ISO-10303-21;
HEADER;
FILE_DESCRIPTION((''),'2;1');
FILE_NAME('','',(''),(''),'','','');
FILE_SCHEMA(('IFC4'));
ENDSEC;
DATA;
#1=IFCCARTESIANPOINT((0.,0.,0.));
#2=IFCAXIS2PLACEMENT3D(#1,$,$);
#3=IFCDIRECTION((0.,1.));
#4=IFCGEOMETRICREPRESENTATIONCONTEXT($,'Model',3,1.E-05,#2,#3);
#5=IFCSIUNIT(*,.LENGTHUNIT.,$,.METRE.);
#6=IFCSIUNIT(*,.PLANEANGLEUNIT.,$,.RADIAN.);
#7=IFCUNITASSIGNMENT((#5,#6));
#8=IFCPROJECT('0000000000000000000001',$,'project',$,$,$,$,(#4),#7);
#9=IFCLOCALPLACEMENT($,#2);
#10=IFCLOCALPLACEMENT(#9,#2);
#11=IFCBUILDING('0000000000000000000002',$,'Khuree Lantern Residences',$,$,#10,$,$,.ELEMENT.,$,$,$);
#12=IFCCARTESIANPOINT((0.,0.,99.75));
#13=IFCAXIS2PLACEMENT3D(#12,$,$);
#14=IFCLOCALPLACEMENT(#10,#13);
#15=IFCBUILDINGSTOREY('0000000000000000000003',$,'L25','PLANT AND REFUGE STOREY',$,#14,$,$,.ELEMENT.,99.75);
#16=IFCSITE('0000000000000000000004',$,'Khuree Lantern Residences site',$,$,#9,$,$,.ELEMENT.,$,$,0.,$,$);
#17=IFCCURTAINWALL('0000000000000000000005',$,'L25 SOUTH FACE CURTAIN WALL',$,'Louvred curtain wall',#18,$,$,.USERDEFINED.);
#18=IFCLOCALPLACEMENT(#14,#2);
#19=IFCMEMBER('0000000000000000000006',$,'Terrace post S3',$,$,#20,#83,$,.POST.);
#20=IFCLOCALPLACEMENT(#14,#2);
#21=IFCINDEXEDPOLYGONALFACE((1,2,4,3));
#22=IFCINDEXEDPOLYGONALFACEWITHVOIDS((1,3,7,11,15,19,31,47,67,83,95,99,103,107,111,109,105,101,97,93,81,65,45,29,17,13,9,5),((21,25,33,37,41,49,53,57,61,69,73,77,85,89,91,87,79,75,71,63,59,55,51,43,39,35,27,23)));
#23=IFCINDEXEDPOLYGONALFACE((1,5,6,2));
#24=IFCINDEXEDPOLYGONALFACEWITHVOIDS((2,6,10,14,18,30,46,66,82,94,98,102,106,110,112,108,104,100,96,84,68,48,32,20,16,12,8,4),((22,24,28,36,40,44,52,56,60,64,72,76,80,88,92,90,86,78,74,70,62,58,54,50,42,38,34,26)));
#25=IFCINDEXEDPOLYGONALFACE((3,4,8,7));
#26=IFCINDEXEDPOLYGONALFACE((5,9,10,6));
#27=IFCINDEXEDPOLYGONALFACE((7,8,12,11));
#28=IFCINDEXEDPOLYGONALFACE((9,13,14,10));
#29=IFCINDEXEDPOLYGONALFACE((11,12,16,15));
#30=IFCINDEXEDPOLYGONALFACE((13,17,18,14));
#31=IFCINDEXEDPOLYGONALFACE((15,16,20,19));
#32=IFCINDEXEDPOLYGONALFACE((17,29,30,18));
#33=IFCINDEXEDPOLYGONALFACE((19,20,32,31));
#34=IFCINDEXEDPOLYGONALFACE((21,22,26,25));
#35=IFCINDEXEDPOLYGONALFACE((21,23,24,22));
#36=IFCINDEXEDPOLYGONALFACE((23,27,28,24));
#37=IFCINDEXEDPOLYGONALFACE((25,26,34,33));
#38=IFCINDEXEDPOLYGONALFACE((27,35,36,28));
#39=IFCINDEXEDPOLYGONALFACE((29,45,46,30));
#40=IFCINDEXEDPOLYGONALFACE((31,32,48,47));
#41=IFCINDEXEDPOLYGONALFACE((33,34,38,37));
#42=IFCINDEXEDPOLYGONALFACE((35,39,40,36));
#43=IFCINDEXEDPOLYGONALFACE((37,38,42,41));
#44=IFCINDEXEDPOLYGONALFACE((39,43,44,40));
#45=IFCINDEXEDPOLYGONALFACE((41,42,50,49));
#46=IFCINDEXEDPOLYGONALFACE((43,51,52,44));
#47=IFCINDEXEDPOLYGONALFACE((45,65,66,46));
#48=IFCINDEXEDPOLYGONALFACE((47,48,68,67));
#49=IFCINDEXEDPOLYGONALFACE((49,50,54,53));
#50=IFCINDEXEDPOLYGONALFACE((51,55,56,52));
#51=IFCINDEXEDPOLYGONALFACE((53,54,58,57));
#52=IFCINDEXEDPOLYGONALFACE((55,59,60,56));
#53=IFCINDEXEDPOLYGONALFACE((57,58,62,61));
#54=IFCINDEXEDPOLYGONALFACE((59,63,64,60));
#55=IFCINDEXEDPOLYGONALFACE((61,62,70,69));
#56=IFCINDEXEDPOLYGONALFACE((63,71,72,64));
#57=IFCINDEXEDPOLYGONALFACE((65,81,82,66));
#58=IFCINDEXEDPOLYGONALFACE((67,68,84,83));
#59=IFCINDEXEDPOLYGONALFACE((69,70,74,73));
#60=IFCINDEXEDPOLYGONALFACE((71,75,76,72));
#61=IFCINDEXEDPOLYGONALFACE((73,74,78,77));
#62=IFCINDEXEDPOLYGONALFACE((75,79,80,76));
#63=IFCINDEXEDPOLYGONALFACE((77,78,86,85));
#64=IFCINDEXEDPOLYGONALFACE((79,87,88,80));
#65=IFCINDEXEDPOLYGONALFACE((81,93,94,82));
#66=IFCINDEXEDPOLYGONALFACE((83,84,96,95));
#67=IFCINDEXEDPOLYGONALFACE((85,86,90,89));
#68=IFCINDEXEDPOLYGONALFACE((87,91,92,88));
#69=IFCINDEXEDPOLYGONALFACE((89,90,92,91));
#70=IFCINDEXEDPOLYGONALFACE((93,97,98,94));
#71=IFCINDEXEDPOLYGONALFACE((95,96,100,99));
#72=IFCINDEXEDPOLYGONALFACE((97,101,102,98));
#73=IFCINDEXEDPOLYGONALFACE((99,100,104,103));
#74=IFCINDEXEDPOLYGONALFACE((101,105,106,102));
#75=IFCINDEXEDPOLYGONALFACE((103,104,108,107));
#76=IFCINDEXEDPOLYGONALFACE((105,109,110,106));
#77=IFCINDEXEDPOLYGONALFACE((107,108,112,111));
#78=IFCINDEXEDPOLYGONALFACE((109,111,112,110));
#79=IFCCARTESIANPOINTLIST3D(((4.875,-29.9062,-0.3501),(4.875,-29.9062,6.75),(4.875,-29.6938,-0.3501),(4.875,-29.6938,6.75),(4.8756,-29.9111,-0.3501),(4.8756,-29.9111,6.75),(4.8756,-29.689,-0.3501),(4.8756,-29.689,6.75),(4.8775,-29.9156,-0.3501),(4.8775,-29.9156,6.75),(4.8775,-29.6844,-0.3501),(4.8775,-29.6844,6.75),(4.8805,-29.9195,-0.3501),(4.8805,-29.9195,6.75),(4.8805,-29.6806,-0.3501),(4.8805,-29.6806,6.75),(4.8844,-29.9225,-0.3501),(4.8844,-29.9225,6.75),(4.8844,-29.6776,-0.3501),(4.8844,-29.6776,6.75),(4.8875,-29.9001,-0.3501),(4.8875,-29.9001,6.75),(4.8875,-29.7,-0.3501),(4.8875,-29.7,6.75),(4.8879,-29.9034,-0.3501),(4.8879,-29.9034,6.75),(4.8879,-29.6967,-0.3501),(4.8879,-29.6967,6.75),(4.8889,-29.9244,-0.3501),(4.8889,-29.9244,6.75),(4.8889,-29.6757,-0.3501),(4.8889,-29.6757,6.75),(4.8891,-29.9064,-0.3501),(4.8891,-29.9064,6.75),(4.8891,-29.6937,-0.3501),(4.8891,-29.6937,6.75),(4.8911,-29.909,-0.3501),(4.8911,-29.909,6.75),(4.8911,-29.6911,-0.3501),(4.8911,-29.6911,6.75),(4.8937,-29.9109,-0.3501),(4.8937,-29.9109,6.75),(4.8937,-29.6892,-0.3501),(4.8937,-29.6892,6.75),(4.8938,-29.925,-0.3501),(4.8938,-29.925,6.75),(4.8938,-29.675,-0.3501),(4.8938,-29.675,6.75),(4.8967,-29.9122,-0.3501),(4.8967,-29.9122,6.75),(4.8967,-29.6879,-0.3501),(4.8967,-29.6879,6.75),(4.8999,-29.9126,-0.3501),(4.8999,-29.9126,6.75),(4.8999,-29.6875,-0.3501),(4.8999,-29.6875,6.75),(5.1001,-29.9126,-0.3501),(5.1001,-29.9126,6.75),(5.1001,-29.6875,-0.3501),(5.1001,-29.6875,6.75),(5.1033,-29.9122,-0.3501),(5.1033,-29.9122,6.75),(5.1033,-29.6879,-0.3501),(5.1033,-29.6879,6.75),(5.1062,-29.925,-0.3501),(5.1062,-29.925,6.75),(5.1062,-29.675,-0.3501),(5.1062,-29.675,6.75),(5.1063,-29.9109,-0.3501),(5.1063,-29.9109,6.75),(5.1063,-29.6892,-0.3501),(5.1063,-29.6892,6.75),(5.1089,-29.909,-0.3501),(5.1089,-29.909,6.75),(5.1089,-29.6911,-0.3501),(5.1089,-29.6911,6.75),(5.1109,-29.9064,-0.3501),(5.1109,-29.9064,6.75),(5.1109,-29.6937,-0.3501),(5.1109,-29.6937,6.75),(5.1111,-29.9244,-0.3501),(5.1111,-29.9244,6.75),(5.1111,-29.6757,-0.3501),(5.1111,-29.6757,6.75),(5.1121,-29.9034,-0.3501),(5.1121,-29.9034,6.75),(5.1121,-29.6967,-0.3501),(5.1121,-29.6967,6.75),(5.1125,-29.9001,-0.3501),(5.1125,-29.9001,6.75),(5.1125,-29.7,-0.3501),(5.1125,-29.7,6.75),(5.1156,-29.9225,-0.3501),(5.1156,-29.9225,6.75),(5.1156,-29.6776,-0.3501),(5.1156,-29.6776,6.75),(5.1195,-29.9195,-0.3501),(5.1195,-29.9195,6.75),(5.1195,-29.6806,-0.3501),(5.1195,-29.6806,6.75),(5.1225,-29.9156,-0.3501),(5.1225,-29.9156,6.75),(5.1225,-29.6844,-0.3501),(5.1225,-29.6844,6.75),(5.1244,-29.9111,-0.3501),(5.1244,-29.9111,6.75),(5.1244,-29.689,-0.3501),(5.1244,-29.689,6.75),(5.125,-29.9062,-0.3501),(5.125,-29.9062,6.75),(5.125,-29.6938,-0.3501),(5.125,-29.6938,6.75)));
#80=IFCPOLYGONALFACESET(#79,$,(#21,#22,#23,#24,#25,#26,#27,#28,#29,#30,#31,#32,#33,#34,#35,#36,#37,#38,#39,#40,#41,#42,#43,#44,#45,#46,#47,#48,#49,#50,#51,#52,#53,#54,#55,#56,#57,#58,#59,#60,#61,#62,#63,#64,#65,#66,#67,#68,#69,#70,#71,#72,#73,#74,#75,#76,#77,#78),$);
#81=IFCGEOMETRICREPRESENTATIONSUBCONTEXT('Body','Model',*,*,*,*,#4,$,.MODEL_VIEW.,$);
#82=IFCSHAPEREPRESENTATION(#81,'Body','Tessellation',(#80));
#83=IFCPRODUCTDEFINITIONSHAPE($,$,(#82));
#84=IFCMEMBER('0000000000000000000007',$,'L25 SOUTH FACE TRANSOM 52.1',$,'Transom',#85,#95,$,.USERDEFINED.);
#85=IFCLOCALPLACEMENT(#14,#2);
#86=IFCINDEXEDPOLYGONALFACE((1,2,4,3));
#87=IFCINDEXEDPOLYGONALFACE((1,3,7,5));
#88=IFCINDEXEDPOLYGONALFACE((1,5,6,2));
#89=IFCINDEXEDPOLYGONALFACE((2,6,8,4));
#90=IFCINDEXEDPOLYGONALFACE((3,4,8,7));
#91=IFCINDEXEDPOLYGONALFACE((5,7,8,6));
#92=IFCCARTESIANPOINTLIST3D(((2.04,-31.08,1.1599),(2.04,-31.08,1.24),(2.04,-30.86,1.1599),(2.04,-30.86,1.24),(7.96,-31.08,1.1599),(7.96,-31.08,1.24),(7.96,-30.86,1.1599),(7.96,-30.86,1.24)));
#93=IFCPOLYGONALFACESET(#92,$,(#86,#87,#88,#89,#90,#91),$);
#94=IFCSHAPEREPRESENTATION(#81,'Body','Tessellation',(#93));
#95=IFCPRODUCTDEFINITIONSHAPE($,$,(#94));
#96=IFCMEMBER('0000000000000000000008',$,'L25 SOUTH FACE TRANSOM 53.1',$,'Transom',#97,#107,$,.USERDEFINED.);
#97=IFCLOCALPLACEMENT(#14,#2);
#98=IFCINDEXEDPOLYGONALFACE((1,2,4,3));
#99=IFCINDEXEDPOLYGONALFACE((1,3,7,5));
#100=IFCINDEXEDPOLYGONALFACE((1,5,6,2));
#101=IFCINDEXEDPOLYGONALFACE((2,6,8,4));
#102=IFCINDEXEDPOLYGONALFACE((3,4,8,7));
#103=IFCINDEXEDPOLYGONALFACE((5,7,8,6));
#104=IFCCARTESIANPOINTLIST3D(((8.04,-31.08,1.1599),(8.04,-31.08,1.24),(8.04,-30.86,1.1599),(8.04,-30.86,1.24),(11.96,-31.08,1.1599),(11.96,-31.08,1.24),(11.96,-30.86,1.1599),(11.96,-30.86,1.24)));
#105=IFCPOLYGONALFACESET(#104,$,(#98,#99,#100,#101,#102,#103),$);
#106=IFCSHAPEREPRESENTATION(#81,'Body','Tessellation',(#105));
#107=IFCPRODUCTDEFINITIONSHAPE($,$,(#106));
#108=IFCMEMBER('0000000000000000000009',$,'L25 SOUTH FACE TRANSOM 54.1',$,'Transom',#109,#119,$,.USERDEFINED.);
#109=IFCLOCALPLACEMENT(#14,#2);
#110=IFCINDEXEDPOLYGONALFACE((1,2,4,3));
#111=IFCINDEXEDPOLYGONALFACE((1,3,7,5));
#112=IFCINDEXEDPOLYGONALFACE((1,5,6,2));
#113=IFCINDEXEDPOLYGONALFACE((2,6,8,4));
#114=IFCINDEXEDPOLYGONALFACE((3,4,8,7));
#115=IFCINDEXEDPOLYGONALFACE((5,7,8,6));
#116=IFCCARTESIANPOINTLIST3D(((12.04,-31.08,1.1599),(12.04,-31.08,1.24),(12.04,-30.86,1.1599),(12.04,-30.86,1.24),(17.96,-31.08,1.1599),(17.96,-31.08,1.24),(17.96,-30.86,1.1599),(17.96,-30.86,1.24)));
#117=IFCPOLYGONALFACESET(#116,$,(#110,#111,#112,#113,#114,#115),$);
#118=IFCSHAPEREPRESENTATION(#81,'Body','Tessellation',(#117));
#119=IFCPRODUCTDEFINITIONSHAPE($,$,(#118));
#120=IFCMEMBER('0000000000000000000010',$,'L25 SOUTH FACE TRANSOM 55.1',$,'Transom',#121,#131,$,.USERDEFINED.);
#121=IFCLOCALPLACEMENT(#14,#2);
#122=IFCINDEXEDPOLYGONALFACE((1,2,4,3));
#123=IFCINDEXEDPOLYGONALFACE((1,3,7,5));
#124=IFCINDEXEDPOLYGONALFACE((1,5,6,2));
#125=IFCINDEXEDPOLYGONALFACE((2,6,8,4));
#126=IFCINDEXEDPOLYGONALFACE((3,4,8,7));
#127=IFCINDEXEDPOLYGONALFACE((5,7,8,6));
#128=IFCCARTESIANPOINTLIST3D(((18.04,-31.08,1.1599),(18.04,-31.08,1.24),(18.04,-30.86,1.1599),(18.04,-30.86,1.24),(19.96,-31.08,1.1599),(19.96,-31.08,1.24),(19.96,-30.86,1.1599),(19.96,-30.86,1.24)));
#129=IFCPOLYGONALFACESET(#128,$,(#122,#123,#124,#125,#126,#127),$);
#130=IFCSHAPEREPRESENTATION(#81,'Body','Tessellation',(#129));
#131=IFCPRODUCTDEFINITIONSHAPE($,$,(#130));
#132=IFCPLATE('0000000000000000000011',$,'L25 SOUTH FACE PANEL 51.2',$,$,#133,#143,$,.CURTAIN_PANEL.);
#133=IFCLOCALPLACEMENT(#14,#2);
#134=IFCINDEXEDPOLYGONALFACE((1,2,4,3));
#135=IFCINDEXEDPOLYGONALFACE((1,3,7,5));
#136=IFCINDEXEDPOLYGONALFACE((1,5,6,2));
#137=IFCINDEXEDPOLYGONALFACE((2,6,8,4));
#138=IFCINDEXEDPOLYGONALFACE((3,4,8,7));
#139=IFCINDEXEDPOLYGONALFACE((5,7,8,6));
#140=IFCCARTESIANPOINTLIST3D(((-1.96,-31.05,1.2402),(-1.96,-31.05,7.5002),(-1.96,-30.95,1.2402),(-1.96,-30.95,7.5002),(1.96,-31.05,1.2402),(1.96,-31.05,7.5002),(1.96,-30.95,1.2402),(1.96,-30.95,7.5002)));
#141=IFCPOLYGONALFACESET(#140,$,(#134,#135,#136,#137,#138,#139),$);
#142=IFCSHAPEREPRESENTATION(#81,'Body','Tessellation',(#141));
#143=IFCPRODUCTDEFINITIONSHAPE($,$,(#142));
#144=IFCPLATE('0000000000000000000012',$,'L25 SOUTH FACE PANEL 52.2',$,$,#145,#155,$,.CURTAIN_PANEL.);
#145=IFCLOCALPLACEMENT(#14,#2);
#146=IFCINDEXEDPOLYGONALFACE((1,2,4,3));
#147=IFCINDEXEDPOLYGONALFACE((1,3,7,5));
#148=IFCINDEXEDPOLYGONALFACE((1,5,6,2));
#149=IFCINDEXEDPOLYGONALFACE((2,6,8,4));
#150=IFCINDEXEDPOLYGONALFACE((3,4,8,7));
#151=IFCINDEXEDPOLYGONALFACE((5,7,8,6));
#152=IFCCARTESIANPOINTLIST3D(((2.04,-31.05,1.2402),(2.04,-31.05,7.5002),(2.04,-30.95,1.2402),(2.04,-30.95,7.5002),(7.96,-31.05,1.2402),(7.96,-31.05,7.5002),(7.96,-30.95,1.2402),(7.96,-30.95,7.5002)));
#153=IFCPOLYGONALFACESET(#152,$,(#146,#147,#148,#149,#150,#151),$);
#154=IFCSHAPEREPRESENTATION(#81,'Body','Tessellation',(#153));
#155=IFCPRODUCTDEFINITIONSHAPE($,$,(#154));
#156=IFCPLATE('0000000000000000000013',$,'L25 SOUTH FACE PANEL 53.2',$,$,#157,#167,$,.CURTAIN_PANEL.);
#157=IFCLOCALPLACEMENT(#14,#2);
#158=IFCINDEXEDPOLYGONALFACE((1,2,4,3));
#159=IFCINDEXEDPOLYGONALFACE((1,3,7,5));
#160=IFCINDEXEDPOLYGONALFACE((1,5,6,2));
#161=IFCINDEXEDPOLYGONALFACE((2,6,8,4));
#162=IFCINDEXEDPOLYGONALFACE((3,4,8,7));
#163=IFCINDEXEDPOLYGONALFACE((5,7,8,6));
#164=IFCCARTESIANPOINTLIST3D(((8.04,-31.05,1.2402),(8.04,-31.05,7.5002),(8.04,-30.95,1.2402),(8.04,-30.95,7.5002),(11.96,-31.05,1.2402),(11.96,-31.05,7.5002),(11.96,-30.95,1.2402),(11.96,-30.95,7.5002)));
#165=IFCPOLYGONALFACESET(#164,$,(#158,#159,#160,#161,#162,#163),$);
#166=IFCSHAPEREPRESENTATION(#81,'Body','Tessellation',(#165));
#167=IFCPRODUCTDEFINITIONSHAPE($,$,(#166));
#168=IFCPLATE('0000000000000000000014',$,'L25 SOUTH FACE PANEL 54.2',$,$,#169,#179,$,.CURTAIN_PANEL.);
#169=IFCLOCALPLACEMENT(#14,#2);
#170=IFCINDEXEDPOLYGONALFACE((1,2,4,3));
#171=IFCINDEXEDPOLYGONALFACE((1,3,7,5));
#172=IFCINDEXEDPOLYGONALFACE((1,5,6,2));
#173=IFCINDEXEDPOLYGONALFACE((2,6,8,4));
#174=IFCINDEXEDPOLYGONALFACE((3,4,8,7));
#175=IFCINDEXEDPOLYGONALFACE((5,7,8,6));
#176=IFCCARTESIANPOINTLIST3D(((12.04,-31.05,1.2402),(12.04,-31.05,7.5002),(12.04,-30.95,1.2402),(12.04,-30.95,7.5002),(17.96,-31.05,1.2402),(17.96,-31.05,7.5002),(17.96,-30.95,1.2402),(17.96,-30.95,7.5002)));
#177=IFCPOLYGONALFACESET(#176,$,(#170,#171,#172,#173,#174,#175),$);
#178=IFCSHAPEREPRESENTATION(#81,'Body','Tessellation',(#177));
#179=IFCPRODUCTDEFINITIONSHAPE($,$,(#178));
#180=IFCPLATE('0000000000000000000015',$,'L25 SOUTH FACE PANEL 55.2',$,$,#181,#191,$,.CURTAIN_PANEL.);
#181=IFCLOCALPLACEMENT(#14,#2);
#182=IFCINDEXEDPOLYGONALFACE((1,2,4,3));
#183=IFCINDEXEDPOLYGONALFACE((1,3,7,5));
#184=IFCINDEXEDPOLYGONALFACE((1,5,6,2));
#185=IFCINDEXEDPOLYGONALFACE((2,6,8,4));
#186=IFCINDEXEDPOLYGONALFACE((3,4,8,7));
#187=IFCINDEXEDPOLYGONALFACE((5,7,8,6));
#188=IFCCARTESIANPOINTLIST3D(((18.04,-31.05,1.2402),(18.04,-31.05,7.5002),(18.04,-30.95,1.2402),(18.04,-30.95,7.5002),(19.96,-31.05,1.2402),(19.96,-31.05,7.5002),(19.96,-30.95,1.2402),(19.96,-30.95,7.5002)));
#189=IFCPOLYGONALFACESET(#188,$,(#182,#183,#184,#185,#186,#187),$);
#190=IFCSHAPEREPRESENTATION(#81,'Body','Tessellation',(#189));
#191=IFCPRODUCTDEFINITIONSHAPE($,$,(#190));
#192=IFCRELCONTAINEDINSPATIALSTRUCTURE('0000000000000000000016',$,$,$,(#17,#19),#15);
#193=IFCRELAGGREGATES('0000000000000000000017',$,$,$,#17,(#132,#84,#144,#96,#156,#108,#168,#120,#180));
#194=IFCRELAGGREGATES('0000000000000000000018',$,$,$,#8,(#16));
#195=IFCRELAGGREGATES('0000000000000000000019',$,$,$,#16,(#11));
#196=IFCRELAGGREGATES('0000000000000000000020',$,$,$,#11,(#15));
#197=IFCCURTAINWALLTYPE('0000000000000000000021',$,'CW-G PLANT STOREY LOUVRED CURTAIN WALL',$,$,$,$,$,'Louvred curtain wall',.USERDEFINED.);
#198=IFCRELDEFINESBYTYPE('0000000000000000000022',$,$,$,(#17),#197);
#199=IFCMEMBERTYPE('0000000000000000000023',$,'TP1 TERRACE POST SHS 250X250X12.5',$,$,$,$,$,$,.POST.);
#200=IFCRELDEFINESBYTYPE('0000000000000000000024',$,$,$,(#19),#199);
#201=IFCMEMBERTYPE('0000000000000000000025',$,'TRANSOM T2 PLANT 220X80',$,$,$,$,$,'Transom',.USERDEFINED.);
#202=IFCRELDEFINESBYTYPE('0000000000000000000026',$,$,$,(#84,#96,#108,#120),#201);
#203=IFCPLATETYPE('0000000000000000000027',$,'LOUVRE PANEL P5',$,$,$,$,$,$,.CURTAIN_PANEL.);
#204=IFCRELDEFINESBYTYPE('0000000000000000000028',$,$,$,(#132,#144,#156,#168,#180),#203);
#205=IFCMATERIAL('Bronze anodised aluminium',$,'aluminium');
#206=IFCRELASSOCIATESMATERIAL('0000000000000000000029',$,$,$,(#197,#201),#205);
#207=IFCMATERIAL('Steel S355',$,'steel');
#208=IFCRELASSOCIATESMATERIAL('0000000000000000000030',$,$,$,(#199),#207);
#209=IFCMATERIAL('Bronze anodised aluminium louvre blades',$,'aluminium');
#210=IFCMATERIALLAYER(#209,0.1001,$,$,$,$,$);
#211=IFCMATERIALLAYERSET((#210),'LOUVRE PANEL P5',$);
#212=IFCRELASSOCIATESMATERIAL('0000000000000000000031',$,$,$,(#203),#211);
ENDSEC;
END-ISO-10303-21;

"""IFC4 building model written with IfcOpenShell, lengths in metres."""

from ifc_helpers import new_model, si_unit, direction, frame, origin, origin_2d, place, context, subcontext, project, spatial, rectangle, hollow_rectangle, extrude, material, layer, layer_set, material_profile, profile_set, type_object, element, aggregate, save


model = new_model("IFC4")

# Units and contexts
model_context = context("Model", 3, precision=1e-05, world=origin(), true_north=direction((0.0, 1.0)))
body_context = subcontext(model_context, "Body", "Model", "MODEL_VIEW")
ifc_project = project(units=[si_unit("LENGTHUNIT", "METRE"), si_unit("PLANEANGLEUNIT", "RADIAN")], contexts=[model_context])

# Site, building, storey
site_placement = place(None, origin())
site = spatial("IfcSite", under=ifc_project, at=site_placement, Name="Khuree Lantern Residences site", CompositionType="ELEMENT", RefElevation=0.0)
building_placement = place(site_placement, origin())
building = spatial("IfcBuilding", under=site, at=building_placement, Name="Khuree Lantern Residences", CompositionType="ELEMENT")
storey_placement = place(building_placement, frame((0.0, 0.0, 99.75)))
storey = spatial("IfcBuildingStorey", under=building, at=storey_placement, Name="L25", Description="PLANT AND REFUGE STOREY", CompositionType="ELEMENT", Elevation=99.75)

# Shared definitions
ifc_material_1 = material(Name="Steel S355", Category="steel")

# Curtain wall
ifc_material_2 = material(Name="Bronze anodised aluminium", Category="aluminium")
curtain_wall_type = type_object("IfcCurtainWallType", Name="CW-G PLANT STOREY LOUVRED CURTAIN WALL", ElementType="Louvred curtain wall", PredefinedType="USERDEFINED", material=ifc_material_2)
curtain_wall_placement = place(storey_placement, origin())
curtain_wall = element("IfcCurtainWall", 1, at=curtain_wall_placement, inside=storey, type_object=curtain_wall_type, Name="L25 SOUTH FACE CURTAIN WALL", ObjectType="Louvred curtain wall", PredefinedType="USERDEFINED")

# Member
ifc_material_profile_1 = material_profile(ifc_material_1, hollow_rectangle(XDim=0.25, YDim=0.25, WallThickness=0.0125, InnerFilletRadius=0.0125, OuterFilletRadius=0.0188, at=origin_2d()), Name="SHS 250X250X12.5")
ifc_profile_set_1 = profile_set([ifc_material_profile_1], Name="Steel S355")
member_type_1 = type_object("IfcMemberType", Name="TP1 TERRACE POST SHS 250X250X12.5", PredefinedType="POST", material=ifc_profile_set_1)
for number, where, z_axis, x_axis, name in (
    (2, (5.0, -29.8, -0.3501), (0.0, 0.0, 1.0), (1.0, 0.0, 0.0), "Terrace post S3"),
):
    element("IfcMember", number, at=place(storey_placement, frame(where, z_axis=z_axis, x_axis=x_axis)), inside=storey, type_object=member_type_1, Name=name, PredefinedType="POST", context=body_context, shape_type="SweptSolid", body=[
        extrude(hollow_rectangle(XDim=0.25, YDim=0.25, WallThickness=0.0125, InnerFilletRadius=0.0125, OuterFilletRadius=0.0188, at=origin_2d()), origin(), (0.0, 0.0, 1.0), 7.1001),
    ])

# Members
ifc_material_profile_2 = material_profile(ifc_material_2, rectangle(XDim=0.22, YDim=0.0801, at=origin_2d()), Name="T2 220X80")
ifc_profile_set_2 = profile_set([ifc_material_profile_2], Name="Bronze anodised aluminium")
member_type_2 = type_object("IfcMemberType", Name="TRANSOM T2 PLANT 220X80", ElementType="Transom", PredefinedType="USERDEFINED", material=ifc_profile_set_2)
member_1_placement = place(storey_placement, frame((2.04, -30.97, 1.2), z_axis=(1.0, 0.0, 0.0), x_axis=(0.0, 1.0, 0.0)))
member_1 = element("IfcMember", 3, at=member_1_placement, type_object=member_type_2, Name="L25 SOUTH FACE TRANSOM 52.1", ObjectType="Transom", PredefinedType="USERDEFINED", context=body_context, shape_type="SweptSolid", body=[
    extrude(rectangle(XDim=0.22, YDim=0.0801, at=origin_2d()), origin(), (0.0, 0.0, 1.0), 5.9199),
])
member_2_placement = place(storey_placement, frame((8.04, -30.97, 1.2), z_axis=(1.0, 0.0, 0.0), x_axis=(0.0, 1.0, 0.0)))
member_2 = element("IfcMember", 4, at=member_2_placement, type_object=member_type_2, Name="L25 SOUTH FACE TRANSOM 53.1", ObjectType="Transom", PredefinedType="USERDEFINED", context=body_context, shape_type="SweptSolid", body=[
    extrude(rectangle(XDim=0.22, YDim=0.0801, at=origin_2d()), origin(), (0.0, 0.0, 1.0), 3.9199),
])
member_3_placement = place(storey_placement, frame((12.04, -30.97, 1.2), z_axis=(1.0, 0.0, 0.0), x_axis=(0.0, 1.0, 0.0)))
member_3 = element("IfcMember", 5, at=member_3_placement, type_object=member_type_2, Name="L25 SOUTH FACE TRANSOM 54.1", ObjectType="Transom", PredefinedType="USERDEFINED", context=body_context, shape_type="SweptSolid", body=[
    extrude(rectangle(XDim=0.22, YDim=0.0801, at=origin_2d()), origin(), (0.0, 0.0, 1.0), 5.9199),
])
member_4_placement = place(storey_placement, frame((18.04, -30.97, 1.2), z_axis=(1.0, 0.0, 0.0), x_axis=(0.0, 1.0, 0.0)))
member_4 = element("IfcMember", 6, at=member_4_placement, type_object=member_type_2, Name="L25 SOUTH FACE TRANSOM 55.1", ObjectType="Transom", PredefinedType="USERDEFINED", context=body_context, shape_type="SweptSolid", body=[
    extrude(rectangle(XDim=0.22, YDim=0.0801, at=origin_2d()), origin(), (0.0, 0.0, 1.0), 1.9199),
])

# Plates
ifc_material_3 = material(Name="Bronze anodised aluminium louvre blades", Category="aluminium")
ifc_layer_1 = layer(ifc_material_3, 0.1001)
ifc_layer_set_1 = layer_set([ifc_layer_1], Name="LOUVRE PANEL P5")
plate_type_1 = type_object("IfcPlateType", Name="LOUVRE PANEL P5", PredefinedType="CURTAIN_PANEL", material=ifc_layer_set_1)
plate_1_placement = place(storey_placement, frame((0.0, -31.0, 1.2402), z_axis=(0.0, 0.0, 1.0), x_axis=(1.0, 0.0, 0.0)))
plate_1 = element("IfcPlate", 7, at=plate_1_placement, type_object=plate_type_1, Name="L25 SOUTH FACE PANEL 51.2", PredefinedType="CURTAIN_PANEL", context=body_context, shape_type="SweptSolid", body=[
    extrude(rectangle(XDim=3.9199, YDim=0.1001, at=origin_2d()), origin(), (0.0, 0.0, 1.0), 6.26),
])
plate_2_placement = place(storey_placement, frame((5.0, -31.0, 1.2402), z_axis=(0.0, 0.0, 1.0), x_axis=(1.0, 0.0, 0.0)))
plate_2 = element("IfcPlate", 8, at=plate_2_placement, type_object=plate_type_1, Name="L25 SOUTH FACE PANEL 52.2", PredefinedType="CURTAIN_PANEL", context=body_context, shape_type="SweptSolid", body=[
    extrude(rectangle(XDim=5.9199, YDim=0.1001, at=origin_2d()), origin(), (0.0, 0.0, 1.0), 6.26),
])
plate_3_placement = place(storey_placement, frame((10.0, -31.0, 1.2402), z_axis=(0.0, 0.0, 1.0), x_axis=(1.0, 0.0, 0.0)))
plate_3 = element("IfcPlate", 9, at=plate_3_placement, type_object=plate_type_1, Name="L25 SOUTH FACE PANEL 53.2", PredefinedType="CURTAIN_PANEL", context=body_context, shape_type="SweptSolid", body=[
    extrude(rectangle(XDim=3.9199, YDim=0.1001, at=origin_2d()), origin(), (0.0, 0.0, 1.0), 6.26),
])
plate_4_placement = place(storey_placement, frame((15.0, -31.0, 1.2402), z_axis=(0.0, 0.0, 1.0), x_axis=(1.0, 0.0, 0.0)))
plate_4 = element("IfcPlate", 10, at=plate_4_placement, type_object=plate_type_1, Name="L25 SOUTH FACE PANEL 54.2", PredefinedType="CURTAIN_PANEL", context=body_context, shape_type="SweptSolid", body=[
    extrude(rectangle(XDim=5.9199, YDim=0.1001, at=origin_2d()), origin(), (0.0, 0.0, 1.0), 6.26),
])
plate_5_placement = place(storey_placement, frame((19.0, -31.0, 1.2402), z_axis=(0.0, 0.0, 1.0), x_axis=(1.0, 0.0, 0.0)))
plate_5 = element("IfcPlate", 11, at=plate_5_placement, type_object=plate_type_1, Name="L25 SOUTH FACE PANEL 55.2", PredefinedType="CURTAIN_PANEL", context=body_context, shape_type="SweptSolid", body=[
    extrude(rectangle(XDim=1.9199, YDim=0.1001, at=origin_2d()), origin(), (0.0, 0.0, 1.0), 6.26),
])
aggregate(curtain_wall, [plate_1, member_1, plate_2, member_2, plate_3, member_3, plate_4, member_4, plate_5])

save(model, "model.ifc")
